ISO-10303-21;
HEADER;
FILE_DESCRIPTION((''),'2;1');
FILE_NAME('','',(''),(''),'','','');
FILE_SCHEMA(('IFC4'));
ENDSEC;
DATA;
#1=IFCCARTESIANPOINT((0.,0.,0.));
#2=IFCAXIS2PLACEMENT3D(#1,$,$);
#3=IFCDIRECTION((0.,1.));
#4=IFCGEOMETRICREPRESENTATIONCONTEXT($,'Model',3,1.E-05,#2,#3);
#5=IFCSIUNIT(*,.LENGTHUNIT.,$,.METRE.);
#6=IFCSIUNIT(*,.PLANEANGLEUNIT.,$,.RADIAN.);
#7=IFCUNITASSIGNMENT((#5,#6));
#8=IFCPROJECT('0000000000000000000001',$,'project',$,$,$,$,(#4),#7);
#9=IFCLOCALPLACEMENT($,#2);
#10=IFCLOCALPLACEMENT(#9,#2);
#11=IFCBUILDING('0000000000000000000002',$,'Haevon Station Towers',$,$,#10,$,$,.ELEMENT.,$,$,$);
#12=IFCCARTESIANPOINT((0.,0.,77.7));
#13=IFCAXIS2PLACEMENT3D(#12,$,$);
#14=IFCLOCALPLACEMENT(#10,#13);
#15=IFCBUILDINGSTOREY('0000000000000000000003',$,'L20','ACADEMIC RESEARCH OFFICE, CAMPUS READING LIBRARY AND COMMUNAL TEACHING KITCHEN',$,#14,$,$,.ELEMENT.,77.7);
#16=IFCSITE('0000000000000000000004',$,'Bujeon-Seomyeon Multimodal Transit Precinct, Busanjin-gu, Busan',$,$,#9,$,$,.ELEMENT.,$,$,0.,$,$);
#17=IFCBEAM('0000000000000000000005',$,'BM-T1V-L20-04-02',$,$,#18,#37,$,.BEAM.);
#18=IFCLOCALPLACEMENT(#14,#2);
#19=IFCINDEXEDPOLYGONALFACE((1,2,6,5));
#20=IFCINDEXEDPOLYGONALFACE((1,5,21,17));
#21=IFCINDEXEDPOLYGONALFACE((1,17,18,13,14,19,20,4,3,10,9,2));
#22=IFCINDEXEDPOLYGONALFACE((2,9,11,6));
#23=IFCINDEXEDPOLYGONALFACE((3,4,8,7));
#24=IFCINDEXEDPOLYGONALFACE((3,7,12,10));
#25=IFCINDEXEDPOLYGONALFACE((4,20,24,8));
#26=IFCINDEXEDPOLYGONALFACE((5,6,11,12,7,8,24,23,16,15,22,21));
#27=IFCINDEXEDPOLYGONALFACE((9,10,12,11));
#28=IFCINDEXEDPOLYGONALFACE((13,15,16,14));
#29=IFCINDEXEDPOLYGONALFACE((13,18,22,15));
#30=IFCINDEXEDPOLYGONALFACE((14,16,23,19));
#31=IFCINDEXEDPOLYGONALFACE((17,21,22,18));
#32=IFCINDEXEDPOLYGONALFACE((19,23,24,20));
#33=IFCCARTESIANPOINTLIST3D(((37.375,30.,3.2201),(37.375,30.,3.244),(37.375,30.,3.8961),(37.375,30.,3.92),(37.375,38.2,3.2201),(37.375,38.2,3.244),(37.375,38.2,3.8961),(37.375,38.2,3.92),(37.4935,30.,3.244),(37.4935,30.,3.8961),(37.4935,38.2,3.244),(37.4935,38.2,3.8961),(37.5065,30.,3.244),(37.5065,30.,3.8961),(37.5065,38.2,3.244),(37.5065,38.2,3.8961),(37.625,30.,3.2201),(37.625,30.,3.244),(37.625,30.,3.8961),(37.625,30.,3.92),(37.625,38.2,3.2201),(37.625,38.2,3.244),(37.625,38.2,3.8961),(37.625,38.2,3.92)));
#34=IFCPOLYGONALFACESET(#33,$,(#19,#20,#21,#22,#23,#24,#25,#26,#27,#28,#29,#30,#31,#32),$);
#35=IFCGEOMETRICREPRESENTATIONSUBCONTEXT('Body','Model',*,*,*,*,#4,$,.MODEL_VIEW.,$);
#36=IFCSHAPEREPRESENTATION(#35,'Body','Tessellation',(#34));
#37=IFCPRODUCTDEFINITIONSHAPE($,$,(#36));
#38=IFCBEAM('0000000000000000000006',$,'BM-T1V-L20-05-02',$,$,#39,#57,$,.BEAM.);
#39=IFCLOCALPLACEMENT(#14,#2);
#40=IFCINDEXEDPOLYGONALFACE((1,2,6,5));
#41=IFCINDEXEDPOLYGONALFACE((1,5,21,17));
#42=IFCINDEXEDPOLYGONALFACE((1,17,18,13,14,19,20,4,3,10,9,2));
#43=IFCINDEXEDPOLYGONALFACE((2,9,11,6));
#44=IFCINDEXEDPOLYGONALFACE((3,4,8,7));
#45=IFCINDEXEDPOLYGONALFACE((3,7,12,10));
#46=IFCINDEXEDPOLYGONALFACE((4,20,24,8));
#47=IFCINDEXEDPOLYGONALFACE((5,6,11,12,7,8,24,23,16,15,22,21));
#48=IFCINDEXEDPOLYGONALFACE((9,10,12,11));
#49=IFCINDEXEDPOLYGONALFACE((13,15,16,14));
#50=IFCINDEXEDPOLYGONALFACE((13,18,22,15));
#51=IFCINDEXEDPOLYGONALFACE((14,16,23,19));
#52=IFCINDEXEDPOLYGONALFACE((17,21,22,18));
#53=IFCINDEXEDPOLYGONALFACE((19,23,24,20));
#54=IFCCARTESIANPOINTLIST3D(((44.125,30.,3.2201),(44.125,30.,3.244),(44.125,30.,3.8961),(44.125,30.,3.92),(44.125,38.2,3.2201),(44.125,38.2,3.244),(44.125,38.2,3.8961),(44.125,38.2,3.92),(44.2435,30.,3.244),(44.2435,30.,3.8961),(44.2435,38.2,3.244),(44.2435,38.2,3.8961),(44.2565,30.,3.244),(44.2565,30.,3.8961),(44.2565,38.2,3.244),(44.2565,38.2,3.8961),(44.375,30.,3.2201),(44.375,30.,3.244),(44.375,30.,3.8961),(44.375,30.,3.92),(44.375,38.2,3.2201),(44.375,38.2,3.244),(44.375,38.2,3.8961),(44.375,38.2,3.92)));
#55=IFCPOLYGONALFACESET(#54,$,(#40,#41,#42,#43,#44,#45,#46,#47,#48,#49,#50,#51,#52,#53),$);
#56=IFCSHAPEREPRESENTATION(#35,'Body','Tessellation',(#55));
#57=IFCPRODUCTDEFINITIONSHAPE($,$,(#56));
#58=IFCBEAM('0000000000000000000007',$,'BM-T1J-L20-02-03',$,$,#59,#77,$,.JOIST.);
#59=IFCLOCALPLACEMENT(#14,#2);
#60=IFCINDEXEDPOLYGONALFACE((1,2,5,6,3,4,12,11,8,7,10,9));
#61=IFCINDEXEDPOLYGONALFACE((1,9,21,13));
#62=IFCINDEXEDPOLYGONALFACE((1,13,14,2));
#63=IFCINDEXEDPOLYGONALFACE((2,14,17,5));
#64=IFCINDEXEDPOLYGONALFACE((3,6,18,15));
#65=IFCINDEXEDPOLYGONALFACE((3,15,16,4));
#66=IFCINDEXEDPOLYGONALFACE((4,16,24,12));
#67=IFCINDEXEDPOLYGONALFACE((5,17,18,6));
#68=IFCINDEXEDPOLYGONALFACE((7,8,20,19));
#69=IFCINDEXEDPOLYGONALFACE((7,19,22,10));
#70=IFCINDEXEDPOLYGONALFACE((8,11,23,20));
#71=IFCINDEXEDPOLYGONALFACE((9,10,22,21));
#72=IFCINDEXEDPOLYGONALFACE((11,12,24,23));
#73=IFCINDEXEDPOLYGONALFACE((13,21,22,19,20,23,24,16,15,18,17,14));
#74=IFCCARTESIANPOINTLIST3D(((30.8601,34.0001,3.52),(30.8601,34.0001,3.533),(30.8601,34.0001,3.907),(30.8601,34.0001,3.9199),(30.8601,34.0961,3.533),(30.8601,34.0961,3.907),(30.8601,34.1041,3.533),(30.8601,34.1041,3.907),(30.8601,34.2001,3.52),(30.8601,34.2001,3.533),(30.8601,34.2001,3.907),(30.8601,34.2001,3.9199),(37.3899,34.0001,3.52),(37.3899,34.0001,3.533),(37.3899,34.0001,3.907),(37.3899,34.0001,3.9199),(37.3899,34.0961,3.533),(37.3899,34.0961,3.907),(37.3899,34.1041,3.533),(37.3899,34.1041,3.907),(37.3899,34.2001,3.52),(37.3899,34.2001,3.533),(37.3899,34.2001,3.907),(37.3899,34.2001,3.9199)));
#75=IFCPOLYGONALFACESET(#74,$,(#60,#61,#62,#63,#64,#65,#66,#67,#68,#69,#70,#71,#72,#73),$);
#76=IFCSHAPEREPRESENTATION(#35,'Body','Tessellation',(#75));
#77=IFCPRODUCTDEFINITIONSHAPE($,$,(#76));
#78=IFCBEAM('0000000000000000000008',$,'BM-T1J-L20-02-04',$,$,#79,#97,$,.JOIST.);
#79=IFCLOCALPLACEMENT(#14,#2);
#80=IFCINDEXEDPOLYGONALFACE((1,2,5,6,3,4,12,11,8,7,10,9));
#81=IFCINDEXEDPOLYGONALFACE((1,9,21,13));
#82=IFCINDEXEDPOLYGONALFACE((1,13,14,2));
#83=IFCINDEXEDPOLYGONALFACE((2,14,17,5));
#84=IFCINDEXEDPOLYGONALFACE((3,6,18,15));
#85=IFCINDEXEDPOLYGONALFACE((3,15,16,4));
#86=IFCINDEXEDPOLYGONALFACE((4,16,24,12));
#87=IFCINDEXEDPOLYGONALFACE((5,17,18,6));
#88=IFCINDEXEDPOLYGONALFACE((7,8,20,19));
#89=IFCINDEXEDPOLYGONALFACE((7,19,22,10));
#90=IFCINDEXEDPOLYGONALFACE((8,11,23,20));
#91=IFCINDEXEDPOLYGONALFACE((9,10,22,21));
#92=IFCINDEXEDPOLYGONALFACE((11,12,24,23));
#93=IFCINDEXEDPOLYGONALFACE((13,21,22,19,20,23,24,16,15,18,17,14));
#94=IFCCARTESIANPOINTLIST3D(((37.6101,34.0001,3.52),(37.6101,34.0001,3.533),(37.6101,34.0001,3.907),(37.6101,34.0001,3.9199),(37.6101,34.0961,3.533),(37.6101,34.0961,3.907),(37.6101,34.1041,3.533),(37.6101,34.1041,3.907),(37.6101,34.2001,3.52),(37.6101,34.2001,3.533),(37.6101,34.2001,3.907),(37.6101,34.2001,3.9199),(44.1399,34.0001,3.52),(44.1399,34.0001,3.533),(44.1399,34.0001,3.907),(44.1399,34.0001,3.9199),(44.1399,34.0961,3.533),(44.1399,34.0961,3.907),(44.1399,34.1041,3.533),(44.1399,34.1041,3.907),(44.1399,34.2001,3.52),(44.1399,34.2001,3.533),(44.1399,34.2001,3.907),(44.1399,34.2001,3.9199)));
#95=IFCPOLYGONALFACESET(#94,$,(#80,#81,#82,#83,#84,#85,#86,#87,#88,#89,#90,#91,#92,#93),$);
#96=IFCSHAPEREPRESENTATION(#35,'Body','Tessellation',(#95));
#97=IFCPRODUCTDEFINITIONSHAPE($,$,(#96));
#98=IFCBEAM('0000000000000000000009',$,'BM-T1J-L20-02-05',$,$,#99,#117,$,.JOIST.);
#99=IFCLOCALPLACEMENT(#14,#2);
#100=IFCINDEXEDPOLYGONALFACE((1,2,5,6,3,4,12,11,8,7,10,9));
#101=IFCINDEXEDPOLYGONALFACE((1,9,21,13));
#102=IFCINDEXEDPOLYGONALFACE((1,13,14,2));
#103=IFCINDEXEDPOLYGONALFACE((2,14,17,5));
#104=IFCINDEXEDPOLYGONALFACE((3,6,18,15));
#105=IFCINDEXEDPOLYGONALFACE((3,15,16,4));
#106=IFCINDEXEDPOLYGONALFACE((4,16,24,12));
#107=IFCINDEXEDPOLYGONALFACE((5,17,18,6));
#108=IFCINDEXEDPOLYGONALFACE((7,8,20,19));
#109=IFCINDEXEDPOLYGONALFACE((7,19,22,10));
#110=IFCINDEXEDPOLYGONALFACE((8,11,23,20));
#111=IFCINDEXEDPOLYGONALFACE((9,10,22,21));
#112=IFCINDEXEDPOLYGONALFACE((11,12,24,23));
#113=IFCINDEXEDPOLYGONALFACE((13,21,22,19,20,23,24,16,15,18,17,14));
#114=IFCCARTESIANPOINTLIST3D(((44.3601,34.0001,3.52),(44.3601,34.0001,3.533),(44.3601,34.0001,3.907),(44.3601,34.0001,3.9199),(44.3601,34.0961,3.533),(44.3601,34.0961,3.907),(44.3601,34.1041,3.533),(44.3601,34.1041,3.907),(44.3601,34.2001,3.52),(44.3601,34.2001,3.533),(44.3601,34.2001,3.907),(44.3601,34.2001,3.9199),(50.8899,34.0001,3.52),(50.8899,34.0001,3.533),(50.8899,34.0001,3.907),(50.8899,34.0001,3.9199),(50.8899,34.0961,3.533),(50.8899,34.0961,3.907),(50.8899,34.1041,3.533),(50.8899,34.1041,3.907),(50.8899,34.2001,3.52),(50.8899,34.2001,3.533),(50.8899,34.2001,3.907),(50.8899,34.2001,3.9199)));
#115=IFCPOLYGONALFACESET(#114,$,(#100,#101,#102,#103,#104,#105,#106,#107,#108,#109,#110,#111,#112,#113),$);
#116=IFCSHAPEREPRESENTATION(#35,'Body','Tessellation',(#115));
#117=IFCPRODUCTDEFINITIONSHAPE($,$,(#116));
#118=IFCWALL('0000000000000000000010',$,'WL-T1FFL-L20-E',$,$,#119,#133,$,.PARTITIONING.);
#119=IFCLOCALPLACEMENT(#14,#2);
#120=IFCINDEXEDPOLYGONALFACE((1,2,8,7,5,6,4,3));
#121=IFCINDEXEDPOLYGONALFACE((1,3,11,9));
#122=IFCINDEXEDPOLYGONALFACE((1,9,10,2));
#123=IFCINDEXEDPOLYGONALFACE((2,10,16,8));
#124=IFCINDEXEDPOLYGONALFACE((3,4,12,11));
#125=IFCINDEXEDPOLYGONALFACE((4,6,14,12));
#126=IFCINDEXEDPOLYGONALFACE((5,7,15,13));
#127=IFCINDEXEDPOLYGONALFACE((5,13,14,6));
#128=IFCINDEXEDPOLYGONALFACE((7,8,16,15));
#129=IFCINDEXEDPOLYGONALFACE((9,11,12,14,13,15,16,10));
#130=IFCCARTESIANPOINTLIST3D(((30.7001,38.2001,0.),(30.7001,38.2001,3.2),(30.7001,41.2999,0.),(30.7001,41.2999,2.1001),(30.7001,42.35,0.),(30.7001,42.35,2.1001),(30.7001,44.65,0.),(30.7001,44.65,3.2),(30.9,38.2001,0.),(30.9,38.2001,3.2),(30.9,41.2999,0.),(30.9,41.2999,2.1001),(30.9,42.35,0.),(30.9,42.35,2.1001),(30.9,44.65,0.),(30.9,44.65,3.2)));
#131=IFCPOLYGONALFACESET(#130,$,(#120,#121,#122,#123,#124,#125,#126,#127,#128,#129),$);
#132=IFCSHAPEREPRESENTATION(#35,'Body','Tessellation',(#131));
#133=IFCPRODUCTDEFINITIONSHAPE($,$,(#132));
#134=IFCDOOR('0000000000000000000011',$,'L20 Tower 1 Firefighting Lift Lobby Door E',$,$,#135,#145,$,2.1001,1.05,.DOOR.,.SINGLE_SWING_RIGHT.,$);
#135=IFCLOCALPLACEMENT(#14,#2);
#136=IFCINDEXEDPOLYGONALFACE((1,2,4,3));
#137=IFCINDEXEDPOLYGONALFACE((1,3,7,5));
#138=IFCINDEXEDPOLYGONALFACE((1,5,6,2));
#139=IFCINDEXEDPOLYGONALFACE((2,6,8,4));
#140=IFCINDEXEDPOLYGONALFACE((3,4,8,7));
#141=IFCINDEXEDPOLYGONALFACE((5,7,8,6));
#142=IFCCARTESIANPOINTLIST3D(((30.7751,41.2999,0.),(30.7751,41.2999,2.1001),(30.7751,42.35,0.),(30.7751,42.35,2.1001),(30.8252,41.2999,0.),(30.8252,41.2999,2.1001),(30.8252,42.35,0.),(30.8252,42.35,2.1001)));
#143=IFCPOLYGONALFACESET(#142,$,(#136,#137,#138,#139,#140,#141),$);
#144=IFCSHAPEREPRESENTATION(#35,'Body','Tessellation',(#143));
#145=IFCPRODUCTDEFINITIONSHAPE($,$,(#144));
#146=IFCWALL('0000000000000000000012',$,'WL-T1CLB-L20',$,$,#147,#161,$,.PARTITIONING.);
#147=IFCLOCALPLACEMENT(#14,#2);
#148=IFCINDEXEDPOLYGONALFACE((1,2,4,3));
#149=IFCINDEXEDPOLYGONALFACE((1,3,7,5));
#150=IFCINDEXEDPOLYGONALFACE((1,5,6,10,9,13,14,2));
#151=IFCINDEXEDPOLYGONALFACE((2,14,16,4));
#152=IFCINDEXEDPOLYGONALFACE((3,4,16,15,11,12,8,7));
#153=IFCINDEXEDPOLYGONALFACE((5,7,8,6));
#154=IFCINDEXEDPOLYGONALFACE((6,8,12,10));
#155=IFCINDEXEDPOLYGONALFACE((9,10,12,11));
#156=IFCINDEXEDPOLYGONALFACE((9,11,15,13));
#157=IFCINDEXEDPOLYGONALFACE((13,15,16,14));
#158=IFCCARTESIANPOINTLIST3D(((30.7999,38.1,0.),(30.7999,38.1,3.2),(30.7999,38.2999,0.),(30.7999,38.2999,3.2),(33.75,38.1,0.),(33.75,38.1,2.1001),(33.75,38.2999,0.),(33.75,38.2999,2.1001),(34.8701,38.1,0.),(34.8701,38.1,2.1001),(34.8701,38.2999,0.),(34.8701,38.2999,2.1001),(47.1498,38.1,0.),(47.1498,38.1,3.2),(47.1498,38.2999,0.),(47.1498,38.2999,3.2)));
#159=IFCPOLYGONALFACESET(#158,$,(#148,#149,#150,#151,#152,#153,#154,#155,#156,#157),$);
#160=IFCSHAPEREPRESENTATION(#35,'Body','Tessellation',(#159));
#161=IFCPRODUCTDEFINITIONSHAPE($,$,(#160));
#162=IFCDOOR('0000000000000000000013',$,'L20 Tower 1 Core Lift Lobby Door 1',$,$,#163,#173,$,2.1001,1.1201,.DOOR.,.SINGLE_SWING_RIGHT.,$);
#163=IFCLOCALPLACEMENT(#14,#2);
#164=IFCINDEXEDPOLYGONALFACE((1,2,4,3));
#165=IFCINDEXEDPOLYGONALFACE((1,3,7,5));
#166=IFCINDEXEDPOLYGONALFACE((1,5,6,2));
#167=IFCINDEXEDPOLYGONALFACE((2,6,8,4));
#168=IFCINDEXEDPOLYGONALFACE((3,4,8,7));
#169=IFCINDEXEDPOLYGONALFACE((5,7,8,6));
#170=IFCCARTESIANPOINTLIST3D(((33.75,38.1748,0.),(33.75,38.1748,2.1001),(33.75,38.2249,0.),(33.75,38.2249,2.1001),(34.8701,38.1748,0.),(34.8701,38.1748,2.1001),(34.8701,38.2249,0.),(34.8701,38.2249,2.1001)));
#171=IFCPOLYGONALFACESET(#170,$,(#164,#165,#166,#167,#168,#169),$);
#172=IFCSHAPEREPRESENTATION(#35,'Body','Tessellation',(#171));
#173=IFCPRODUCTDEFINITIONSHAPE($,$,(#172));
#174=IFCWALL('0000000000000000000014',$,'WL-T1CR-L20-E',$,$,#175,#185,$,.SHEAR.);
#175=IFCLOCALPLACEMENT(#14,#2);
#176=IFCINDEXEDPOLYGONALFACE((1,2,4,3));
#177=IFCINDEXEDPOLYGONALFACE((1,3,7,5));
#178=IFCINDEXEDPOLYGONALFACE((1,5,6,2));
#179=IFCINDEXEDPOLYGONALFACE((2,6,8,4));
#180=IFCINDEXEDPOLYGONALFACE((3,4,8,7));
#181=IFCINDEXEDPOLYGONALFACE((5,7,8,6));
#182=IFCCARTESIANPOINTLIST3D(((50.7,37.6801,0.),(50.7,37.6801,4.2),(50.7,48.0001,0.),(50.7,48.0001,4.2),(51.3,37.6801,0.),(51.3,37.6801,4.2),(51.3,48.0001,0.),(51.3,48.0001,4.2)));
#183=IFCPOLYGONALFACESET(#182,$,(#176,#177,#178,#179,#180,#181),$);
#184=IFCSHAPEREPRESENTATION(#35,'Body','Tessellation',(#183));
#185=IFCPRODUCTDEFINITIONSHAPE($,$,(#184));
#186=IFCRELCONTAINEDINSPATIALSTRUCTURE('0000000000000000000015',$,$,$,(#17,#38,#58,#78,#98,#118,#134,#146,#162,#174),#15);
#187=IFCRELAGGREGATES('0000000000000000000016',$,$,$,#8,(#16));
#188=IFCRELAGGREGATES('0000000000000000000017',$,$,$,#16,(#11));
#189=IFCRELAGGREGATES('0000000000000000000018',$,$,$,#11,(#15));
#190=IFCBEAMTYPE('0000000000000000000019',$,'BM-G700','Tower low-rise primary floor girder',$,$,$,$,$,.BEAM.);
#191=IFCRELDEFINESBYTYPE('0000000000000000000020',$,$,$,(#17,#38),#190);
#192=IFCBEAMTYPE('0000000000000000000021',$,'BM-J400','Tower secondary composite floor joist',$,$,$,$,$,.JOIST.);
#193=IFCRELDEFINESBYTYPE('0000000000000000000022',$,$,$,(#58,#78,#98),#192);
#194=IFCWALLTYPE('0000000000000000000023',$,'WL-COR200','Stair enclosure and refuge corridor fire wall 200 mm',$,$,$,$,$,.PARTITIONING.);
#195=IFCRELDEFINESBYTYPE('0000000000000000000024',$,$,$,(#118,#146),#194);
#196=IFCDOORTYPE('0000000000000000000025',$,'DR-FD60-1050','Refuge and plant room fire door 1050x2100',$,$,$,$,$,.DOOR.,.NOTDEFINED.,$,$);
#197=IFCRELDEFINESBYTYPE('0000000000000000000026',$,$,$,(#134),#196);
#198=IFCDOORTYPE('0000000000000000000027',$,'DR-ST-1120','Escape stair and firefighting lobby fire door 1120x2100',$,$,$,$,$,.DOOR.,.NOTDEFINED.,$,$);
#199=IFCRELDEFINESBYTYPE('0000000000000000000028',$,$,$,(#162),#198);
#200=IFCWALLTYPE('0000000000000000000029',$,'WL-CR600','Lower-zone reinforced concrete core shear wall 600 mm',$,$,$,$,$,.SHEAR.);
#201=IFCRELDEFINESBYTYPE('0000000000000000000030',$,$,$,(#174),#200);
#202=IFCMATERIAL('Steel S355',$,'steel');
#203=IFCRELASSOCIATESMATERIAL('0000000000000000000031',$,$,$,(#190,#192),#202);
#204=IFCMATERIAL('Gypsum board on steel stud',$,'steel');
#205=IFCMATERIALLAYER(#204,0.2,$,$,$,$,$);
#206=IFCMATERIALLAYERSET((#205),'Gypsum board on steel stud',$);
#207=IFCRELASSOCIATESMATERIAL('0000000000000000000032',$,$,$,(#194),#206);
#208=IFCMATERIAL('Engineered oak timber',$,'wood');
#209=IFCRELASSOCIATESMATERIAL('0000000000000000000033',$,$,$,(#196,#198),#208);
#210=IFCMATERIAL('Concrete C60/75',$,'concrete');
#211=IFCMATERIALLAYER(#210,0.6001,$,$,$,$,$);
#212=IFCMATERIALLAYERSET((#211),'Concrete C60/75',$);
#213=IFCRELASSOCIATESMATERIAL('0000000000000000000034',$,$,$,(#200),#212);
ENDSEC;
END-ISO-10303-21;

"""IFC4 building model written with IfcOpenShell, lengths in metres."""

from ifc_helpers import new_model, si_unit, direction, frame, frame_2d, origin, origin_2d, place, context, subcontext, project, spatial, rectangle, i_section, extrude, material, layer, layer_set, material_profile, profile_set, type_object, element, fill, save


model = new_model("IFC4")

# Units and contexts
model_context = context("Model", 3, precision=1e-05, world=origin(), true_north=direction((0.0, 1.0)))
body_context = subcontext(model_context, "Body", "Model", "MODEL_VIEW")
ifc_project = project(units=[si_unit("LENGTHUNIT", "METRE"), si_unit("PLANEANGLEUNIT", "RADIAN")], contexts=[model_context])

# Site, building, storey
site_placement = place(None, origin())
site = spatial("IfcSite", under=ifc_project, at=site_placement, Name="Bujeon-Seomyeon Multimodal Transit Precinct, Busanjin-gu, Busan", CompositionType="ELEMENT", RefElevation=0.0)
building_placement = place(site_placement, origin())
building = spatial("IfcBuilding", under=site, at=building_placement, Name="Haevon Station Towers", CompositionType="ELEMENT")
storey_placement = place(building_placement, frame((0.0, 0.0, 77.7)))
storey = spatial("IfcBuildingStorey", under=building, at=storey_placement, Name="L20", Description="ACADEMIC RESEARCH OFFICE, CAMPUS READING LIBRARY AND COMMUNAL TEACHING KITCHEN", CompositionType="ELEMENT", Elevation=77.7)

# Beams
ifc_material_1 = material(Name="Steel S355", Category="steel")
ifc_material_profile_1 = material_profile(ifc_material_1, i_section(OverallWidth=0.25, OverallDepth=0.7, WebThickness=0.0129, FlangeThickness=0.0239, at=origin_2d()), Name="H-700x250x13x24")
ifc_profile_set_1 = profile_set([ifc_material_profile_1], Name="Steel S355")
beam_type_1 = type_object("IfcBeamType", Name="BM-G700", Description="Tower low-rise primary floor girder", PredefinedType="BEAM", material=ifc_profile_set_1)
for number, where, z_axis, x_axis, name in (
    (1, (37.5, 30.0, 3.5701), (0.0, 1.0, 0.0), (-1.0, 0.0, 0.0), "BM-T1V-L20-04-02"),
    (2, (44.25, 30.0, 3.5701), (0.0, 1.0, 0.0), (-1.0, 0.0, 0.0), "BM-T1V-L20-05-02"),
):
    element("IfcBeam", number, at=place(storey_placement, frame(where, z_axis=z_axis, x_axis=x_axis)), inside=storey, type_object=beam_type_1, Name=name, PredefinedType="BEAM", context=body_context, shape_type="SweptSolid", body=[
        extrude(i_section(OverallWidth=0.25, OverallDepth=0.7, WebThickness=0.0129, FlangeThickness=0.0239, at=origin_2d()), origin(), (0.0, 0.0, 1.0), 8.2),
    ])
ifc_material_profile_2 = material_profile(ifc_material_1, i_section(OverallWidth=0.2, OverallDepth=0.3999, WebThickness=0.0081, FlangeThickness=0.0129, at=origin_2d()), Name="H-400x200x8x13")
ifc_profile_set_2 = profile_set([ifc_material_profile_2], Name="Steel S355")
beam_type_2 = type_object("IfcBeamType", Name="BM-J400", Description="Tower secondary composite floor joist", PredefinedType="JOIST", material=ifc_profile_set_2)
for number, where, z_axis, x_axis, name in (
    (3, (30.8601, 34.1001, 3.72), (1.0, 0.0, 0.0), (0.0, 1.0, 0.0), "BM-T1J-L20-02-03"),
    (4, (37.6101, 34.1001, 3.72), (1.0, 0.0, 0.0), (0.0, 1.0, 0.0), "BM-T1J-L20-02-04"),
    (5, (44.3601, 34.1001, 3.72), (1.0, 0.0, 0.0), (0.0, 1.0, 0.0), "BM-T1J-L20-02-05"),
):
    element("IfcBeam", number, at=place(storey_placement, frame(where, z_axis=z_axis, x_axis=x_axis)), inside=storey, type_object=beam_type_2, Name=name, PredefinedType="JOIST", context=body_context, shape_type="SweptSolid", body=[
        extrude(i_section(OverallWidth=0.2, OverallDepth=0.3999, WebThickness=0.0081, FlangeThickness=0.0129, at=origin_2d()), origin(), (0.0, 0.0, 1.0), 6.5298),
    ])

# Walls, openings, doors
ifc_material_2 = material(Name="Gypsum board on steel stud", Category="steel")
ifc_layer_1 = layer(ifc_material_2, 0.2)
ifc_layer_set_1 = layer_set([ifc_layer_1], Name="Gypsum board on steel stud")
wall_type_1 = type_object("IfcWallType", Name="WL-COR200", Description="Stair enclosure and refuge corridor fire wall 200 mm", PredefinedType="PARTITIONING", material=ifc_layer_set_1)
wall_1_placement = place(storey_placement, frame((30.8, 38.2, 0.0), z_axis=(0.0, 0.0, 1.0), x_axis=(0.0, 1.0, 0.0)))
wall_1 = element("IfcWall", 6, at=wall_1_placement, inside=storey, type_object=wall_type_1, Name="WL-T1FFL-L20-E", PredefinedType="PARTITIONING", context=body_context, shape_type="SweptSolid", body=[
    extrude(rectangle(XDim=6.45, YDim=0.2, at=frame_2d((3.2251, 0.0))), origin(), (0.0, 0.0, 1.0), 3.2),
])
opening_1_placement = place(wall_1_placement, frame((3.1001, 0.0, 0.0)))
opening_1 = element("IfcOpeningElement", 7, at=opening_1_placement, cuts=wall_1, PredefinedType="OPENING", context=body_context, shape_type="SweptSolid", body=[
    extrude(rectangle(XDim=1.05, YDim=2.1001, at=frame_2d((0.5249, 1.05))), frame((0.0, 0.1099, 0.0), z_axis=(0.0, -1.0, 0.0), x_axis=(1.0, 0.0, 0.0)), (0.0, 0.0, 1.0), 0.22),
])
ifc_material_3 = material(Name="Engineered oak timber", Category="wood")
door_type_1 = type_object("IfcDoorType", Name="DR-FD60-1050", Description="Refuge and plant room fire door 1050x2100", OperationType="NOTDEFINED", PredefinedType="DOOR", material=ifc_material_3)
door_1_placement = place(opening_1_placement, origin())
door_1 = element("IfcDoor", 8, at=door_1_placement, inside=storey, type_object=door_type_1, Name="L20 Tower 1 Firefighting Lift Lobby Door E", OperationType="SINGLE_SWING_RIGHT", OverallHeight=2.1001, OverallWidth=1.05, PredefinedType="DOOR", context=body_context, shape_type="SweptSolid", body=[
    extrude(rectangle(XDim=1.05, YDim=2.1001, at=frame_2d((0.5249, 1.05))), frame((0.0, 0.0249, 0.0), z_axis=(0.0, -1.0, 0.0), x_axis=(1.0, 0.0, 0.0)), (0.0, 0.0, 1.0), 0.05),
])
fill(opening_1, door_1)
wall_2_placement = place(storey_placement, frame((30.8, 38.2, 0.0), z_axis=(0.0, 0.0, 1.0), x_axis=(1.0, 0.0, 0.0)))
wall_2 = element("IfcWall", 9, at=wall_2_placement, inside=storey, type_object=wall_type_1, Name="WL-T1CLB-L20", PredefinedType="PARTITIONING", context=body_context, shape_type="SweptSolid", body=[
    extrude(rectangle(XDim=16.3499, YDim=0.2, at=frame_2d((8.1748, 0.0))), origin(), (0.0, 0.0, 1.0), 3.2),
])
opening_2_placement = place(wall_2_placement, frame((2.95, 0.0, 0.0)))
opening_2 = element("IfcOpeningElement", 10, at=opening_2_placement, cuts=wall_2, PredefinedType="OPENING", context=body_context, shape_type="SweptSolid", body=[
    extrude(rectangle(XDim=1.1201, YDim=2.1001, at=frame_2d((0.5601, 1.05))), frame((0.0, 0.1099, 0.0), z_axis=(0.0, -1.0, 0.0), x_axis=(1.0, 0.0, 0.0)), (0.0, 0.0, 1.0), 0.22),
])
door_type_2 = type_object("IfcDoorType", Name="DR-ST-1120", Description="Escape stair and firefighting lobby fire door 1120x2100", OperationType="NOTDEFINED", PredefinedType="DOOR", material=ifc_material_3)
door_2_placement = place(opening_2_placement, origin())
door_2 = element("IfcDoor", 11, at=door_2_placement, inside=storey, type_object=door_type_2, Name="L20 Tower 1 Core Lift Lobby Door 1", OperationType="SINGLE_SWING_RIGHT", OverallHeight=2.1001, OverallWidth=1.1201, PredefinedType="DOOR", context=body_context, shape_type="SweptSolid", body=[
    extrude(rectangle(XDim=1.1201, YDim=2.1001, at=frame_2d((0.5601, 1.05))), frame((0.0, 0.0249, 0.0), z_axis=(0.0, -1.0, 0.0), x_axis=(1.0, 0.0, 0.0)), (0.0, 0.0, 1.0), 0.05),
])
fill(opening_2, door_2)

# Wall
ifc_material_4 = material(Name="Concrete C60/75", Category="concrete")
ifc_layer_2 = layer(ifc_material_4, 0.6001)
ifc_layer_set_2 = layer_set([ifc_layer_2], Name="Concrete C60/75")
wall_type_2 = type_object("IfcWallType", Name="WL-CR600", Description="Lower-zone reinforced concrete core shear wall 600 mm", PredefinedType="SHEAR", material=ifc_layer_set_2)
wall_3_placement = place(storey_placement, frame((51.0, 37.6799, 0.0), z_axis=(0.0, 0.0, 1.0), x_axis=(0.0, 1.0, 0.0)))
element("IfcWall", 12, at=wall_3_placement, inside=storey, type_object=wall_type_2, Name="WL-T1CR-L20-E", PredefinedType="SHEAR", context=body_context, shape_type="SweptSolid", body=[
    extrude(rectangle(XDim=10.3201, YDim=0.6001, at=frame_2d((5.1602, 0.0))), origin(), (0.0, 0.0, 1.0), 4.2),
])

save(model, "model.ifc")
